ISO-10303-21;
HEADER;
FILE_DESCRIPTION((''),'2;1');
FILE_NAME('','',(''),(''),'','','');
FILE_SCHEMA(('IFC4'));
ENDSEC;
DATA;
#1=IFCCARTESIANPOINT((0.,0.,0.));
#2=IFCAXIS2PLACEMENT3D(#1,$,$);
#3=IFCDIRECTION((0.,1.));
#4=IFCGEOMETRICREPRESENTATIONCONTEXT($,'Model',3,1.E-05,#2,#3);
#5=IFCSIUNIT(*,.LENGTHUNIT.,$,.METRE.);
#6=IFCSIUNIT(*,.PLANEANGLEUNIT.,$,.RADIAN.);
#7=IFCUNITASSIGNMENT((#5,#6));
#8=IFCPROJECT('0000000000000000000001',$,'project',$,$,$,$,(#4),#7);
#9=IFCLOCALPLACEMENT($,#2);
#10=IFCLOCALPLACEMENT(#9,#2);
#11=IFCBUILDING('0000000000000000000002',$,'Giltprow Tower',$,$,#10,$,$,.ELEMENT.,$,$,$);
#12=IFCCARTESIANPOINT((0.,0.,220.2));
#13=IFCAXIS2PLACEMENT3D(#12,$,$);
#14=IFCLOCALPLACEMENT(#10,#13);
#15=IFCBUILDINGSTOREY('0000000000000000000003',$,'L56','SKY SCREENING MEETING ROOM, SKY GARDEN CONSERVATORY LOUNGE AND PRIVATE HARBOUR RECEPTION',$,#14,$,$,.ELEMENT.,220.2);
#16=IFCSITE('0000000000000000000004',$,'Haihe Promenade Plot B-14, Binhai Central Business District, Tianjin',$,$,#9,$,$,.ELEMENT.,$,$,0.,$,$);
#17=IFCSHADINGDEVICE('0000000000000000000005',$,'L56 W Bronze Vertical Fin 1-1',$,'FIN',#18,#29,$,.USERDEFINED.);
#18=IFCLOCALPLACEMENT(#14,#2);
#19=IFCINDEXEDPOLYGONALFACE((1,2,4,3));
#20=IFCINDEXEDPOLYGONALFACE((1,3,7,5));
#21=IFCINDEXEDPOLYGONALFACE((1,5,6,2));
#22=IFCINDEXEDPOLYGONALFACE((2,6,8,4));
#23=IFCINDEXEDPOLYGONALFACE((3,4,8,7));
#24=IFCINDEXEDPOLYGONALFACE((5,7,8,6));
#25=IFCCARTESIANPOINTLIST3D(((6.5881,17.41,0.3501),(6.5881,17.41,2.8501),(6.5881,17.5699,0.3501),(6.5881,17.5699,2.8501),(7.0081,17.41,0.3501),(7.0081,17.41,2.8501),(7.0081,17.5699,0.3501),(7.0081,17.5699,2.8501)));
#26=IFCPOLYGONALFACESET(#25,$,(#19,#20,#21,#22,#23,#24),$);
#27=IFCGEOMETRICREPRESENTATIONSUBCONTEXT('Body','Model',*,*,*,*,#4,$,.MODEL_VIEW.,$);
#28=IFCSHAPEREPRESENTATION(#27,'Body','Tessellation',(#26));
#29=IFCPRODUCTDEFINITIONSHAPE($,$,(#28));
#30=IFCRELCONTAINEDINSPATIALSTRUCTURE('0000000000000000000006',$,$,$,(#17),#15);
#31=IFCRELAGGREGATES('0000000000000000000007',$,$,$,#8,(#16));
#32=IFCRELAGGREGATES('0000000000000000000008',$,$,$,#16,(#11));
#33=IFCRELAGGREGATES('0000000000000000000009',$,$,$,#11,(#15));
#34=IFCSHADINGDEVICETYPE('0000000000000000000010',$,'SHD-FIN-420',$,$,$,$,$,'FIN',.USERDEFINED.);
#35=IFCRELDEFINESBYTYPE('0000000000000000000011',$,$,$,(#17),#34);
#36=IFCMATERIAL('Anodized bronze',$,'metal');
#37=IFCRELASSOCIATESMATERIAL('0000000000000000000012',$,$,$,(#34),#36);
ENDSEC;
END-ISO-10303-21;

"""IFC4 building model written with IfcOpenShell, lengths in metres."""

from ifc_helpers import new_model, si_unit, direction, frame, origin, origin_2d, place, context, subcontext, project, spatial, rectangle, extrude, source, transform, mapped, material, type_object, element, save


model = new_model("IFC4")

# Units and contexts
model_context = context("Model", 3, precision=1e-05, world=origin(), true_north=direction((0.0, 1.0)))
body_context = subcontext(model_context, "Body", "Model", "MODEL_VIEW")
ifc_project = project(units=[si_unit("LENGTHUNIT", "METRE"), si_unit("PLANEANGLEUNIT", "RADIAN")], contexts=[model_context])

# Site, building, storey
site_placement = place(None, origin())
site = spatial("IfcSite", under=ifc_project, at=site_placement, Name="Haihe Promenade Plot B-14, Binhai Central Business District, Tianjin", CompositionType="ELEMENT", RefElevation=0.0)
building_placement = place(site_placement, origin())
building = spatial("IfcBuilding", under=site, at=building_placement, Name="Giltprow Tower", CompositionType="ELEMENT")
storey_placement = place(building_placement, frame((0.0, 0.0, 220.2)))
storey = spatial("IfcBuildingStorey", under=building, at=storey_placement, Name="L56", Description="SKY SCREENING MEETING ROOM, SKY GARDEN CONSERVATORY LOUNGE AND PRIVATE HARBOUR RECEPTION", CompositionType="ELEMENT", Elevation=220.2)

# Shared definitions
ifc_material_1 = material(Name="Anodized bronze", Category="metal")

# Shading device
shading_device_type = type_object("IfcShadingDeviceType", Name="SHD-FIN-420", ElementType="FIN", PredefinedType="USERDEFINED", material=ifc_material_1)
shared_shape_1 = source(origin(), body_context, "Body", "SweptSolid", [
    extrude(rectangle(XDim=0.4199, YDim=0.1599, at=origin_2d()), origin(), (0.0, 0.0, 1.0), 2.5),
])
shading_device_placement = place(storey_placement, frame((6.7981, 17.49, 0.3501), z_axis=(0.0, 0.0, 1.0), x_axis=(1.0, 0.0, 0.0)))
element("IfcShadingDevice", 1, at=shading_device_placement, inside=storey, type_object=shading_device_type, Name="L56 W Bronze Vertical Fin 1-1", ObjectType="FIN", PredefinedType="USERDEFINED", context=body_context, shape_type="MappedRepresentation", body=[
    mapped(shared_shape_1, transform((0.0, 0.0, 0.0), x_axis=(1.0, 0.0, 0.0), y_axis=(0.0, 1.0, 0.0), z_axis=(0.0, 0.0, 1.0), scale=1.0)),
])

save(model, "model.ifc")
